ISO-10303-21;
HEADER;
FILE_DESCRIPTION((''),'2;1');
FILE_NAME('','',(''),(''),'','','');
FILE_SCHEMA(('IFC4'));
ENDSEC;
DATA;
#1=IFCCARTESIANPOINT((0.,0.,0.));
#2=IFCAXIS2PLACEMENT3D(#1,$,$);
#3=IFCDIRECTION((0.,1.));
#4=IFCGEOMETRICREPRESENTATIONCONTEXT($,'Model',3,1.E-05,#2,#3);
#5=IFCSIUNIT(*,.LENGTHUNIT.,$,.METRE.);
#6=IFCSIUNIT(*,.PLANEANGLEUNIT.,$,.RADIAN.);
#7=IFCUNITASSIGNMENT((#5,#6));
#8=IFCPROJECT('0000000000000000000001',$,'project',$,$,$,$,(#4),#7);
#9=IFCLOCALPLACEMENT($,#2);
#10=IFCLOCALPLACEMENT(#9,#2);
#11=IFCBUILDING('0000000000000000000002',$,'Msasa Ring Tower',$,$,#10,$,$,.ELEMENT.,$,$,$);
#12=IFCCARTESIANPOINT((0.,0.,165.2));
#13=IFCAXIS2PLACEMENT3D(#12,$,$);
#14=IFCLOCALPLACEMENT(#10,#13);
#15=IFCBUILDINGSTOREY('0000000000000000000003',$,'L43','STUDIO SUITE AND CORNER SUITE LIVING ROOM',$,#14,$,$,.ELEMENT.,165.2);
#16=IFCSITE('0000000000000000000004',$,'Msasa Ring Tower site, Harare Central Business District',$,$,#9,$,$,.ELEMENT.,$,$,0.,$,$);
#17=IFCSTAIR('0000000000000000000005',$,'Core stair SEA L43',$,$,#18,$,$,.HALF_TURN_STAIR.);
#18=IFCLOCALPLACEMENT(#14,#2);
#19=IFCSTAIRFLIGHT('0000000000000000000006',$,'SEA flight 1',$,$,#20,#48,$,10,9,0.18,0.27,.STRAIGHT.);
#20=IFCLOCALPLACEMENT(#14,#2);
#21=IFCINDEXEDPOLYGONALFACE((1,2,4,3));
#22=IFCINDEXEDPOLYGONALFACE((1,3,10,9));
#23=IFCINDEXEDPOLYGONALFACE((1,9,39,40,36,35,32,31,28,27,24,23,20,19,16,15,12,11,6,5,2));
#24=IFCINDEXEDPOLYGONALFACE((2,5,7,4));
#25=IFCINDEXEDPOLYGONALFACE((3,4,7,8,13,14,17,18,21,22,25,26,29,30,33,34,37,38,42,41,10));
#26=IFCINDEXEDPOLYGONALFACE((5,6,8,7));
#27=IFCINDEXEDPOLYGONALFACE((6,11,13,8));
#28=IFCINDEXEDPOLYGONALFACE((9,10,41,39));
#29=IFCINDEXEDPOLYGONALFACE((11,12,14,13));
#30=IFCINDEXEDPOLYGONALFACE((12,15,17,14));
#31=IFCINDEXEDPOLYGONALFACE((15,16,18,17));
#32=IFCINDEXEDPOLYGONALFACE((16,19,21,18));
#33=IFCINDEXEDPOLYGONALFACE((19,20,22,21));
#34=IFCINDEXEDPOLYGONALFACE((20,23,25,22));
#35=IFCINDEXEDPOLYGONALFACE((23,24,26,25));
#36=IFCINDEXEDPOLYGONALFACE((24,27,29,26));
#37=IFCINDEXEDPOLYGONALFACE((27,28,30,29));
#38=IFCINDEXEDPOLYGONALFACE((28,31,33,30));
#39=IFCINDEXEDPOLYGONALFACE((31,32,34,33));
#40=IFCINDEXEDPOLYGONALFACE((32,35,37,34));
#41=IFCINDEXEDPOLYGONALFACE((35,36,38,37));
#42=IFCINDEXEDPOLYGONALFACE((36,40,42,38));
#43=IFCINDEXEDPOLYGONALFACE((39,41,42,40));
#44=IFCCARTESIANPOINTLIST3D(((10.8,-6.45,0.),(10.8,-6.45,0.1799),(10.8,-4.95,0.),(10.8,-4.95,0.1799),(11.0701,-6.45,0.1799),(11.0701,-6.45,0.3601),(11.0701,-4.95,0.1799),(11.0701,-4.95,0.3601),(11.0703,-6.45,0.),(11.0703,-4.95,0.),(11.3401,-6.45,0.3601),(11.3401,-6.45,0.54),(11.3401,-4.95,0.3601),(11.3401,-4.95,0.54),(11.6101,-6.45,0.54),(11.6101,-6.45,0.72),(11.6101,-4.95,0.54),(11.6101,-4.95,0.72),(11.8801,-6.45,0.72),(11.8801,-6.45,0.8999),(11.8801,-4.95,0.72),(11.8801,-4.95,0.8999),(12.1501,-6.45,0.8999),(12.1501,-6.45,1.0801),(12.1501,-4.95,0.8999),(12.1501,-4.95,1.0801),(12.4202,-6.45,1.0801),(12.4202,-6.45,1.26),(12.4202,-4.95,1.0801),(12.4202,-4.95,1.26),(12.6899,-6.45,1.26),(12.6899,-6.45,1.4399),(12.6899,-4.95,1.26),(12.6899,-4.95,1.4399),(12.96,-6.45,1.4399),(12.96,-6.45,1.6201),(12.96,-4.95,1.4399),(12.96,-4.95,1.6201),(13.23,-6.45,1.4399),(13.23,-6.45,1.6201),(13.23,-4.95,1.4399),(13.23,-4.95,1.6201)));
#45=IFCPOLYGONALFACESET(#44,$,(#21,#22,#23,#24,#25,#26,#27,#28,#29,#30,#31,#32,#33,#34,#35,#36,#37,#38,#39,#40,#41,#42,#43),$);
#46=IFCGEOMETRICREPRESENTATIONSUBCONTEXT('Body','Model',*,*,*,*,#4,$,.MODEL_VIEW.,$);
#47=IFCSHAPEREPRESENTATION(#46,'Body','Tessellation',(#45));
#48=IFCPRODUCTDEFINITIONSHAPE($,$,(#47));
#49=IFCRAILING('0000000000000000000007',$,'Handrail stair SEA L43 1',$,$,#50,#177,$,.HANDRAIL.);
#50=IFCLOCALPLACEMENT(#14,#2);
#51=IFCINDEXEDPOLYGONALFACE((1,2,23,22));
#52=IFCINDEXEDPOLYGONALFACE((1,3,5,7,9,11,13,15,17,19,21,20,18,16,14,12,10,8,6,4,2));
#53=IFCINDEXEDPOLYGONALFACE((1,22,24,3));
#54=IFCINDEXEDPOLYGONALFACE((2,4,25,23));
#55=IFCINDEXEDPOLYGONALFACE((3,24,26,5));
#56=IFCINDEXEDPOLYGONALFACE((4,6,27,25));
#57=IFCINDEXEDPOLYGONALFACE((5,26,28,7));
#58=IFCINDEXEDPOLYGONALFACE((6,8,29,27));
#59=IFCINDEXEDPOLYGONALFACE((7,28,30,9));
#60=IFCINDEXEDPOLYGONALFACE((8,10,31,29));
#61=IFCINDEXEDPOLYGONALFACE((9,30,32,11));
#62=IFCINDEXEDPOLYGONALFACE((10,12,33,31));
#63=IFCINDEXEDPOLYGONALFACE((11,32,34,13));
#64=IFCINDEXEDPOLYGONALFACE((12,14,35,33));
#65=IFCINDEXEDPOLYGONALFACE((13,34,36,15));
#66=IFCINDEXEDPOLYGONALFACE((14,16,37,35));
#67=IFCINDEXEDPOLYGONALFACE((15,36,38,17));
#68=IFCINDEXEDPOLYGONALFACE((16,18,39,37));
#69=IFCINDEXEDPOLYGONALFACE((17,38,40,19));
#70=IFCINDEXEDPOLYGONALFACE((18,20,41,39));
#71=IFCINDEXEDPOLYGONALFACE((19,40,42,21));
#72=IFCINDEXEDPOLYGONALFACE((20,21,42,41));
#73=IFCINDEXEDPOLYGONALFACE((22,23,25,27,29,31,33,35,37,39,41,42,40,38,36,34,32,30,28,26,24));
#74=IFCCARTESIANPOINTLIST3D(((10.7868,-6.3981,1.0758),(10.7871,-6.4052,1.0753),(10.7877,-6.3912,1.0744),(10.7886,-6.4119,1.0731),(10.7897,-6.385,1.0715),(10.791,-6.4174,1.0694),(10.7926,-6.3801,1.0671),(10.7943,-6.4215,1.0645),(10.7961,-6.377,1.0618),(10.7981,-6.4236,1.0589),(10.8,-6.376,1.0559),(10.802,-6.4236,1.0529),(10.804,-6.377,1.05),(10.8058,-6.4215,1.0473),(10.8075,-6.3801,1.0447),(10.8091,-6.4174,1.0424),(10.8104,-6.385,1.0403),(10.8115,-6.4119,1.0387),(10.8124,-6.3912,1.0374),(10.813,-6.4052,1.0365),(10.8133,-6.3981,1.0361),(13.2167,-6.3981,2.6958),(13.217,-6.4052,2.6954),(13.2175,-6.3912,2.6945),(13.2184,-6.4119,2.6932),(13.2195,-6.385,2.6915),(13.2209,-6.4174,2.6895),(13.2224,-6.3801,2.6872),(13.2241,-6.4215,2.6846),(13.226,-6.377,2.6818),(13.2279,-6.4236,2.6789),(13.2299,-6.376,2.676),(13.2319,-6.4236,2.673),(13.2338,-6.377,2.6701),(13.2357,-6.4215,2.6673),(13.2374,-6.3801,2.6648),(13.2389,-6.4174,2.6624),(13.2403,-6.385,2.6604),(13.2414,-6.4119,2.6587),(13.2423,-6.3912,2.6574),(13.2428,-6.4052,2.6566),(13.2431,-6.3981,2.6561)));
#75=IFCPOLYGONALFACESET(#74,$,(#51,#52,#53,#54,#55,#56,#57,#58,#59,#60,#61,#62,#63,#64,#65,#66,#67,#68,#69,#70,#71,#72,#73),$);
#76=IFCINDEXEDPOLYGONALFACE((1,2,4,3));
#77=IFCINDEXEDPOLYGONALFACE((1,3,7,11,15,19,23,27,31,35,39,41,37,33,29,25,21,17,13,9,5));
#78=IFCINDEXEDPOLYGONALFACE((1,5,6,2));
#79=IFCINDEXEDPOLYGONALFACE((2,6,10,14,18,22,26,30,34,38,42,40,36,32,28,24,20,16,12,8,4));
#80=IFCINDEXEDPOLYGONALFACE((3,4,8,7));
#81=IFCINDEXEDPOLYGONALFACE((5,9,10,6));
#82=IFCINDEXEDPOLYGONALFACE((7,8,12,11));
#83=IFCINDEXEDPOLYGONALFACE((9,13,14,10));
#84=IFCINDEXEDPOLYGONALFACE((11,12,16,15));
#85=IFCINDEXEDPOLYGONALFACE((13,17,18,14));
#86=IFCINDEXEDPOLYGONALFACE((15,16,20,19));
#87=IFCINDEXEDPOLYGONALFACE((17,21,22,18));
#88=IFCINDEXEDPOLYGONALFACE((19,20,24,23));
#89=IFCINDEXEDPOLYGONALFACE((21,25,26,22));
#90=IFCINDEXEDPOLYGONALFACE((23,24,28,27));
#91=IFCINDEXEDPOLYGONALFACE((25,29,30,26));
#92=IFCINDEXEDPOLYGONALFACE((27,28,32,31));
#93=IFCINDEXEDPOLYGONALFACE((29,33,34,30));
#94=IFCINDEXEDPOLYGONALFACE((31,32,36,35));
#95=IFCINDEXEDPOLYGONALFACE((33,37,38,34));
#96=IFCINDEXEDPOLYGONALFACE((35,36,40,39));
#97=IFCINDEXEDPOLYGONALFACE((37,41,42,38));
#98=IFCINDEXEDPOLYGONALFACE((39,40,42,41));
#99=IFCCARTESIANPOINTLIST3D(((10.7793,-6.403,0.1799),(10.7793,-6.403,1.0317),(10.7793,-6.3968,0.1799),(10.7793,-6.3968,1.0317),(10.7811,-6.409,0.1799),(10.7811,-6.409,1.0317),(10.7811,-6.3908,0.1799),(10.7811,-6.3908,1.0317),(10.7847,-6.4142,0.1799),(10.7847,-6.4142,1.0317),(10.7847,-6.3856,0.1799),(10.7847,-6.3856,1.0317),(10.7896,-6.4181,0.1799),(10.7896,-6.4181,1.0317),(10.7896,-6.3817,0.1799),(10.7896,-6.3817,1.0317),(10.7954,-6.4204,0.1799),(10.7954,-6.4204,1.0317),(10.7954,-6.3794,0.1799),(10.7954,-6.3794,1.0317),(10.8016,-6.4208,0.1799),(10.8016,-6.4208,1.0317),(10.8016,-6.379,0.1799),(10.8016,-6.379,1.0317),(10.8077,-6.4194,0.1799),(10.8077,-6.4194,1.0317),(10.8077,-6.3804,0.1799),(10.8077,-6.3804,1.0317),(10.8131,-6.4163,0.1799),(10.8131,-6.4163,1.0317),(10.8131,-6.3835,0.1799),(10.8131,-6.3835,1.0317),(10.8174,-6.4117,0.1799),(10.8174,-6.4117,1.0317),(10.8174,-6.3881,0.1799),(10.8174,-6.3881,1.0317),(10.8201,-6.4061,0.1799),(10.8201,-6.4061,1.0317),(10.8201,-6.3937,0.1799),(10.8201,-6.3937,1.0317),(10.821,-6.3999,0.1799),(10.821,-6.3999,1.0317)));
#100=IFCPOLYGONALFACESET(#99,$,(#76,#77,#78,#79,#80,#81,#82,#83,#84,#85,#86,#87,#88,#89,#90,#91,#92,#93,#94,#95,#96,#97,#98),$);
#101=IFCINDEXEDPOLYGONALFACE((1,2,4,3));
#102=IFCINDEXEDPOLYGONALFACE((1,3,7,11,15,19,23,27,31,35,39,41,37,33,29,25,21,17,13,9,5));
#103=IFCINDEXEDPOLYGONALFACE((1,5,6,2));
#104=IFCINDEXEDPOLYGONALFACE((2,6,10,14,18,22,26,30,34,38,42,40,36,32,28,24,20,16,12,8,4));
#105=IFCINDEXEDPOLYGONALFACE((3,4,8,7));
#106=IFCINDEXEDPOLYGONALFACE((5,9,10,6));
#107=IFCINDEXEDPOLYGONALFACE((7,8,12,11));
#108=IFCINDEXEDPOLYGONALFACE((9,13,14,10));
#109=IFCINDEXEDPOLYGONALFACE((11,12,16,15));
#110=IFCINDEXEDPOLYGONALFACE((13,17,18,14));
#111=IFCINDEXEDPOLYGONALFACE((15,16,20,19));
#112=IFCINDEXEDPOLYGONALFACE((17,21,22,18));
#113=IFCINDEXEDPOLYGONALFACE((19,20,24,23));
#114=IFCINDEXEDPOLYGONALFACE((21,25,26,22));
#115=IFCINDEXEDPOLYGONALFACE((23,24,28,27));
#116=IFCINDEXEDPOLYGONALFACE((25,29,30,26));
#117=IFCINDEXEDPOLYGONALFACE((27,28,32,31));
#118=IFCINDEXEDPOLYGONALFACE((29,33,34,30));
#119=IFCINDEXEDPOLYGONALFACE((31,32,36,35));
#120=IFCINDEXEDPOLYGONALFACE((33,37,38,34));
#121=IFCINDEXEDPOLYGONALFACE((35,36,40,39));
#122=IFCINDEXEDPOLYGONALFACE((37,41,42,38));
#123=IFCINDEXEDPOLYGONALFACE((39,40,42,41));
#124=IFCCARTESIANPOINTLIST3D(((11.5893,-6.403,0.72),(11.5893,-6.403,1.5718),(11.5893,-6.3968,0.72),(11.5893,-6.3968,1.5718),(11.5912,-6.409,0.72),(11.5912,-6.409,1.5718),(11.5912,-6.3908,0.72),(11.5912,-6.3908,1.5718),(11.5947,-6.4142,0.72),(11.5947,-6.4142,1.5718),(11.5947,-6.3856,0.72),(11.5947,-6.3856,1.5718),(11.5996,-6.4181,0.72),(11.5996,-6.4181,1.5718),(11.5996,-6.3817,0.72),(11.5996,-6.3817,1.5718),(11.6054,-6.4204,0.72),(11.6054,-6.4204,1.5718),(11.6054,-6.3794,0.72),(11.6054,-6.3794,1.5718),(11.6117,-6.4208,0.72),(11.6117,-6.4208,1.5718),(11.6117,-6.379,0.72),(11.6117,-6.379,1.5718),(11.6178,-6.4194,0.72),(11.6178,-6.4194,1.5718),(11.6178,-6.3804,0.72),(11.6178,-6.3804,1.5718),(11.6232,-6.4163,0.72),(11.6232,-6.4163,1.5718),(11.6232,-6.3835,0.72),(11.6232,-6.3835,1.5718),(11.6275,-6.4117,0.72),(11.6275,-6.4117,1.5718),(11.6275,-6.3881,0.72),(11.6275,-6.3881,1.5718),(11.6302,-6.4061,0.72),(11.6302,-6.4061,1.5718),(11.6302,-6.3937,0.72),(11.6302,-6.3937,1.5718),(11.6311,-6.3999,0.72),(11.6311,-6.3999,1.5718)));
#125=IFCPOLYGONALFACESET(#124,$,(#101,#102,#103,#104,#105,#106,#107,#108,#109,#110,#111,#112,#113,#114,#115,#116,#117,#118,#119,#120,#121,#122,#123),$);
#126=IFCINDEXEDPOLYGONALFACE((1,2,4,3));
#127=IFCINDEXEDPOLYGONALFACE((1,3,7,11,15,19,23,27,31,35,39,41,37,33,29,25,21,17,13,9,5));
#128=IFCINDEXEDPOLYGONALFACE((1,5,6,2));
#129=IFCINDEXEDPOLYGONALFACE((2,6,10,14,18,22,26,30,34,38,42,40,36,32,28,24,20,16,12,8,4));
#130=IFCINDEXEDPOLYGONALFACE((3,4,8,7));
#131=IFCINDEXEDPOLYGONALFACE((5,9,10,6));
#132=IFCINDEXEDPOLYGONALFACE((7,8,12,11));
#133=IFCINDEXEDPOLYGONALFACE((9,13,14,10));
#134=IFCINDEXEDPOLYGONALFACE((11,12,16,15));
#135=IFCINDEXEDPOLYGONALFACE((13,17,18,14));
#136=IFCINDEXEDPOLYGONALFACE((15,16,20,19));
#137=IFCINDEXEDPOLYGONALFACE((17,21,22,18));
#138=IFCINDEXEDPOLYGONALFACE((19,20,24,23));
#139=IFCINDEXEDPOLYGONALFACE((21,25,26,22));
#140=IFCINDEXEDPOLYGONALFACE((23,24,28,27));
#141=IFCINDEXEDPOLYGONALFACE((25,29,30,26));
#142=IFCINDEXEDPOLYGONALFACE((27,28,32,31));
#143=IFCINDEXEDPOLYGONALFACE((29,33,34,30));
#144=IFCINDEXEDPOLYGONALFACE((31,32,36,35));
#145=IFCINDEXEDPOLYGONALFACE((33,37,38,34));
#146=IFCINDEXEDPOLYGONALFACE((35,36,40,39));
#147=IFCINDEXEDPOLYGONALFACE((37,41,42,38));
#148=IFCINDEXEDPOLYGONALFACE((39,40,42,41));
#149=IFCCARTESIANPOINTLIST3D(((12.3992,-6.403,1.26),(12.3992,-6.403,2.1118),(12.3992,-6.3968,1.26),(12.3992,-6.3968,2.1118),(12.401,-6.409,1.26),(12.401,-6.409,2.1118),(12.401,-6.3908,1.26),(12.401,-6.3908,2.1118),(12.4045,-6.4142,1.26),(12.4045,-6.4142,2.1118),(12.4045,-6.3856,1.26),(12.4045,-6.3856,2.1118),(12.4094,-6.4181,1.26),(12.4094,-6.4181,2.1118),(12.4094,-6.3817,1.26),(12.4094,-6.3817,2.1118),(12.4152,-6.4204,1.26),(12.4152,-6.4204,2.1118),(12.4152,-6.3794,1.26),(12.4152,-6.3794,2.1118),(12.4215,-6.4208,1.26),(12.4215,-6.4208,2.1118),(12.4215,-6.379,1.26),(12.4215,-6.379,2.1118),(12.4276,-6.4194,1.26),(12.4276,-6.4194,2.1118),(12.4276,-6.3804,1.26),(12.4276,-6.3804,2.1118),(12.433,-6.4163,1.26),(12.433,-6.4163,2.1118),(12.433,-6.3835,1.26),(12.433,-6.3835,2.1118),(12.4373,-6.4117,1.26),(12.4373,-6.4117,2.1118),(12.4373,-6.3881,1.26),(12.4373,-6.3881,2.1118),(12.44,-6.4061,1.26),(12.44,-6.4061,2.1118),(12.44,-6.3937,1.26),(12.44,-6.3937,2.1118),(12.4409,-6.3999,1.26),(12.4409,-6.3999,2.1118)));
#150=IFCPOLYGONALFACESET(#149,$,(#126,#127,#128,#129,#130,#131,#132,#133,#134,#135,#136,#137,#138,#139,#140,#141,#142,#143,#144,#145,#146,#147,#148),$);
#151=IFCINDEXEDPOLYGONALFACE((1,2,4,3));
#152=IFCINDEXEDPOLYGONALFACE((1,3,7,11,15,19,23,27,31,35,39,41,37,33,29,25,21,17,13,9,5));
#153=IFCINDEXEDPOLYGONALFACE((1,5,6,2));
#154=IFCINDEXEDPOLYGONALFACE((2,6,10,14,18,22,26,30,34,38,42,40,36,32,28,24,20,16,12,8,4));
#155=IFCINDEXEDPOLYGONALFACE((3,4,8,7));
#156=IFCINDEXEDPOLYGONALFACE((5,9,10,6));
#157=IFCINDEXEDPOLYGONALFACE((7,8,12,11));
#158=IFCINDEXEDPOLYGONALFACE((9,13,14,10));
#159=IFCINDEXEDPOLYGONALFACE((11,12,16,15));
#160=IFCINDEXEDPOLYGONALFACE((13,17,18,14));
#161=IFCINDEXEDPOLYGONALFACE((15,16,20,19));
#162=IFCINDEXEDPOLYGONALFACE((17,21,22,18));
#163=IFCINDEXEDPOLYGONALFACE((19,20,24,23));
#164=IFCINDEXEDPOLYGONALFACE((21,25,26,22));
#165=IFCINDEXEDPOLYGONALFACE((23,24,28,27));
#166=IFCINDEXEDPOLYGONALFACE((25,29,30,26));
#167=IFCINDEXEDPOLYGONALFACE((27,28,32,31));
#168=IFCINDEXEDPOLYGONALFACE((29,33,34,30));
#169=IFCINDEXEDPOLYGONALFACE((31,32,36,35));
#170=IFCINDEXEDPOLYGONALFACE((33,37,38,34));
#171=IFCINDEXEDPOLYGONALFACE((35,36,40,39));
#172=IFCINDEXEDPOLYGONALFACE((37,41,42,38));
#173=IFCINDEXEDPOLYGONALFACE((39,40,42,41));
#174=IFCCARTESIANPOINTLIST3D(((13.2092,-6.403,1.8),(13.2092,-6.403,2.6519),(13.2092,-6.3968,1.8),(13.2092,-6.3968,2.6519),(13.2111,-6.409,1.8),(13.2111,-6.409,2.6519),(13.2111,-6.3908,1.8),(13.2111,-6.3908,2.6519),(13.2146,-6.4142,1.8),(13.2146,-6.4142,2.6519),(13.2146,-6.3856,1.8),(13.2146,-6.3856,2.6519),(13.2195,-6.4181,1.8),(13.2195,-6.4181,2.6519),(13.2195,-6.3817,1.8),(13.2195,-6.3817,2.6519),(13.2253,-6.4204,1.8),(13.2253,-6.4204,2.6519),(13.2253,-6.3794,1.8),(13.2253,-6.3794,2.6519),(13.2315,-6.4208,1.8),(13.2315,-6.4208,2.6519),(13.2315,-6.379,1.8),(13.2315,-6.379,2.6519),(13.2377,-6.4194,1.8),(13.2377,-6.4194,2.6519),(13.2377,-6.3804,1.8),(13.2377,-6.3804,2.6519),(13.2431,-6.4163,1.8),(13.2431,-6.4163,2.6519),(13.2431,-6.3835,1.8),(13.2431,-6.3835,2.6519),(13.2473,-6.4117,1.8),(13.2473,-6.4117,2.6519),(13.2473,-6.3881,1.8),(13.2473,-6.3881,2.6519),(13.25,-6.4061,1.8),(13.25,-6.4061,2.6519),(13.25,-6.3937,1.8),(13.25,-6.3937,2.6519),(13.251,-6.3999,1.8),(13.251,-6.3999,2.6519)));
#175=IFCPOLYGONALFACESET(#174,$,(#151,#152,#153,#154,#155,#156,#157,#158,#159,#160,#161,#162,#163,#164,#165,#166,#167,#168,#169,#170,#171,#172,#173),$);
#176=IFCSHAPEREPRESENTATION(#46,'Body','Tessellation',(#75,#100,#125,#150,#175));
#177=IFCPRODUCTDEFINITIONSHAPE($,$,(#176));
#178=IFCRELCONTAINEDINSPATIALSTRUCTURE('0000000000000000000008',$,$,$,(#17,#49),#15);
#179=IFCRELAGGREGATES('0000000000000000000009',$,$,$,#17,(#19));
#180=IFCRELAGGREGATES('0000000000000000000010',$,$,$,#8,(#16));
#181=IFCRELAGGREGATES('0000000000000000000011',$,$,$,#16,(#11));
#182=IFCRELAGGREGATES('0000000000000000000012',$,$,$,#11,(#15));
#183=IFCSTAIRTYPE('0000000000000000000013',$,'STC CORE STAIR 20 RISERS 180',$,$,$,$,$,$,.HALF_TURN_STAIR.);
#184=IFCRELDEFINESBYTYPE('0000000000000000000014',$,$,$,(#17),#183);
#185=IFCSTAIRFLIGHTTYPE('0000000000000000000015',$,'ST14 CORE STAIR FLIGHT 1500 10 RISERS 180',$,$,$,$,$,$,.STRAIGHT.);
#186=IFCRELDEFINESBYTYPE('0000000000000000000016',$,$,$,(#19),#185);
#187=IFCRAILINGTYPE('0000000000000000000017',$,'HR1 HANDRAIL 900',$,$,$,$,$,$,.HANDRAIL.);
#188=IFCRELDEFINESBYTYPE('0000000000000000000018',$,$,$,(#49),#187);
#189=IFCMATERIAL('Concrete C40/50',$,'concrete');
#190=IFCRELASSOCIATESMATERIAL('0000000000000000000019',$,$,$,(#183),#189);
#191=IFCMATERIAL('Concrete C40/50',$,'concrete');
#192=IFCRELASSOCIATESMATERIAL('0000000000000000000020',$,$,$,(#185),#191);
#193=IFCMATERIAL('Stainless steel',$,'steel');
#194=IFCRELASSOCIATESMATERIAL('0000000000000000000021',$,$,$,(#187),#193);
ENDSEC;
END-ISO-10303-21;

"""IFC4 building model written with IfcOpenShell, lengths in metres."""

from ifc_helpers import new_model, si_unit, direction, frame, origin, origin_2d, place, context, subcontext, project, spatial, polyline, circle, outline, extrude, material, type_object, element, aggregate, save


model = new_model("IFC4")

# Units and contexts
model_context = context("Model", 3, precision=1e-05, world=origin(), true_north=direction((0.0, 1.0)))
body_context = subcontext(model_context, "Body", "Model", "MODEL_VIEW")
ifc_project = project(units=[si_unit("LENGTHUNIT", "METRE"), si_unit("PLANEANGLEUNIT", "RADIAN")], contexts=[model_context])

# Site, building, storey
site_placement = place(None, origin())
site = spatial("IfcSite", under=ifc_project, at=site_placement, Name="Msasa Ring Tower site, Harare Central Business District", CompositionType="ELEMENT", RefElevation=0.0)
building_placement = place(site_placement, origin())
building = spatial("IfcBuilding", under=site, at=building_placement, Name="Msasa Ring Tower", CompositionType="ELEMENT")
storey_placement = place(building_placement, frame((0.0, 0.0, 165.2)))
storey = spatial("IfcBuildingStorey", under=building, at=storey_placement, Name="L43", Description="STUDIO SUITE AND CORNER SUITE LIVING ROOM", CompositionType="ELEMENT", Elevation=165.2)

# Stair
ifc_material_1 = material(Name="Concrete C40/50", Category="concrete")
stair_type = type_object("IfcStairType", Name="STC CORE STAIR 20 RISERS 180", PredefinedType="HALF_TURN_STAIR", material=ifc_material_1)
stair_1_placement = place(storey_placement, origin())
stair_1 = element("IfcStair", 1, at=stair_1_placement, inside=storey, type_object=stair_type, Name="Core stair SEA L43", PredefinedType="HALF_TURN_STAIR")

# Stair flight
ifc_material_2 = material(Name="Concrete C40/50", Category="concrete")
stair_flight_type = type_object("IfcStairFlightType", Name="ST14 CORE STAIR FLIGHT 1500 10 RISERS 180", PredefinedType="STRAIGHT", material=ifc_material_2)
stair_flight_placement = place(storey_placement, frame((10.8, -5.7, 0.0), z_axis=(0.0, 0.0, 1.0), x_axis=(1.0, 0.0, 0.0)))
stair_flight = element("IfcStairFlight", 2, at=stair_flight_placement, type_object=stair_flight_type, Name="SEA flight 1", NumberOfRisers=10, NumberOfTreads=9, PredefinedType="STRAIGHT", RiserHeight=0.18, TreadLength=0.27, context=body_context, shape_type="SweptSolid", body=[
    extrude(outline(polyline([(0.0, 0.0), (0.0, 0.1799), (0.27, 0.1799), (0.27, 0.3601), (0.54, 0.3601), (0.54, 0.54), (0.8101, 0.54), (0.8101, 0.72), (1.0801, 0.72), (1.0801, 0.8999), (1.3501, 0.8999), (1.3501, 1.0801), (1.6201, 1.0801), (1.6201, 1.26), (1.8899, 1.26), (1.8899, 1.4399), (2.1599, 1.4399), (2.1599, 1.6201), (2.4299, 1.6201), (2.4299, 1.8), (2.4299, 1.4399), (0.2703, 0.0), (0.0, 0.0)])), frame((0.0, 0.75, 0.0), z_axis=(0.0, -1.0, 0.0), x_axis=(1.0, 0.0, 0.0)), (0.0, 0.0, 1.0), 1.5),
])
aggregate(stair_1, [stair_flight])

# Railing
ifc_material_3 = material(Name="Stainless steel", Category="steel")
railing_type = type_object("IfcRailingType", Name="HR1 HANDRAIL 900", PredefinedType="HANDRAIL", material=ifc_material_3)
for number, where, name in (
    (3, (10.8, -6.3999, 0.1799), "Handrail stair SEA L43 1"),
):
    element("IfcRailing", number, at=place(storey_placement, frame(where)), inside=storey, type_object=railing_type, Name=name, PredefinedType="HANDRAIL", context=body_context, shape_type="SweptSolid", body=[
        extrude(circle(Radius=0.0239, at=origin_2d()), frame((0.0, 0.0, 0.876), z_axis=(0.832025, 0.0, 0.554739), x_axis=(0.0, 1.0, 0.0)), (0.0, 0.0, 1.0), 2.9204),
        extrude(circle(Radius=0.021, at=origin_2d()), origin(), (0.0, 0.0, 1.0), 0.8518),
        extrude(circle(Radius=0.021, at=origin_2d()), frame((0.8101, 0.0, 0.54)), (0.0, 0.0, 1.0), 0.8518),
        extrude(circle(Radius=0.021, at=origin_2d()), frame((1.6199, 0.0, 1.0801)), (0.0, 0.0, 1.0), 0.8518),
        extrude(circle(Radius=0.021, at=origin_2d()), frame((2.4299, 0.0, 1.6201)), (0.0, 0.0, 1.0), 0.8518),
    ])

save(model, "model.ifc")
